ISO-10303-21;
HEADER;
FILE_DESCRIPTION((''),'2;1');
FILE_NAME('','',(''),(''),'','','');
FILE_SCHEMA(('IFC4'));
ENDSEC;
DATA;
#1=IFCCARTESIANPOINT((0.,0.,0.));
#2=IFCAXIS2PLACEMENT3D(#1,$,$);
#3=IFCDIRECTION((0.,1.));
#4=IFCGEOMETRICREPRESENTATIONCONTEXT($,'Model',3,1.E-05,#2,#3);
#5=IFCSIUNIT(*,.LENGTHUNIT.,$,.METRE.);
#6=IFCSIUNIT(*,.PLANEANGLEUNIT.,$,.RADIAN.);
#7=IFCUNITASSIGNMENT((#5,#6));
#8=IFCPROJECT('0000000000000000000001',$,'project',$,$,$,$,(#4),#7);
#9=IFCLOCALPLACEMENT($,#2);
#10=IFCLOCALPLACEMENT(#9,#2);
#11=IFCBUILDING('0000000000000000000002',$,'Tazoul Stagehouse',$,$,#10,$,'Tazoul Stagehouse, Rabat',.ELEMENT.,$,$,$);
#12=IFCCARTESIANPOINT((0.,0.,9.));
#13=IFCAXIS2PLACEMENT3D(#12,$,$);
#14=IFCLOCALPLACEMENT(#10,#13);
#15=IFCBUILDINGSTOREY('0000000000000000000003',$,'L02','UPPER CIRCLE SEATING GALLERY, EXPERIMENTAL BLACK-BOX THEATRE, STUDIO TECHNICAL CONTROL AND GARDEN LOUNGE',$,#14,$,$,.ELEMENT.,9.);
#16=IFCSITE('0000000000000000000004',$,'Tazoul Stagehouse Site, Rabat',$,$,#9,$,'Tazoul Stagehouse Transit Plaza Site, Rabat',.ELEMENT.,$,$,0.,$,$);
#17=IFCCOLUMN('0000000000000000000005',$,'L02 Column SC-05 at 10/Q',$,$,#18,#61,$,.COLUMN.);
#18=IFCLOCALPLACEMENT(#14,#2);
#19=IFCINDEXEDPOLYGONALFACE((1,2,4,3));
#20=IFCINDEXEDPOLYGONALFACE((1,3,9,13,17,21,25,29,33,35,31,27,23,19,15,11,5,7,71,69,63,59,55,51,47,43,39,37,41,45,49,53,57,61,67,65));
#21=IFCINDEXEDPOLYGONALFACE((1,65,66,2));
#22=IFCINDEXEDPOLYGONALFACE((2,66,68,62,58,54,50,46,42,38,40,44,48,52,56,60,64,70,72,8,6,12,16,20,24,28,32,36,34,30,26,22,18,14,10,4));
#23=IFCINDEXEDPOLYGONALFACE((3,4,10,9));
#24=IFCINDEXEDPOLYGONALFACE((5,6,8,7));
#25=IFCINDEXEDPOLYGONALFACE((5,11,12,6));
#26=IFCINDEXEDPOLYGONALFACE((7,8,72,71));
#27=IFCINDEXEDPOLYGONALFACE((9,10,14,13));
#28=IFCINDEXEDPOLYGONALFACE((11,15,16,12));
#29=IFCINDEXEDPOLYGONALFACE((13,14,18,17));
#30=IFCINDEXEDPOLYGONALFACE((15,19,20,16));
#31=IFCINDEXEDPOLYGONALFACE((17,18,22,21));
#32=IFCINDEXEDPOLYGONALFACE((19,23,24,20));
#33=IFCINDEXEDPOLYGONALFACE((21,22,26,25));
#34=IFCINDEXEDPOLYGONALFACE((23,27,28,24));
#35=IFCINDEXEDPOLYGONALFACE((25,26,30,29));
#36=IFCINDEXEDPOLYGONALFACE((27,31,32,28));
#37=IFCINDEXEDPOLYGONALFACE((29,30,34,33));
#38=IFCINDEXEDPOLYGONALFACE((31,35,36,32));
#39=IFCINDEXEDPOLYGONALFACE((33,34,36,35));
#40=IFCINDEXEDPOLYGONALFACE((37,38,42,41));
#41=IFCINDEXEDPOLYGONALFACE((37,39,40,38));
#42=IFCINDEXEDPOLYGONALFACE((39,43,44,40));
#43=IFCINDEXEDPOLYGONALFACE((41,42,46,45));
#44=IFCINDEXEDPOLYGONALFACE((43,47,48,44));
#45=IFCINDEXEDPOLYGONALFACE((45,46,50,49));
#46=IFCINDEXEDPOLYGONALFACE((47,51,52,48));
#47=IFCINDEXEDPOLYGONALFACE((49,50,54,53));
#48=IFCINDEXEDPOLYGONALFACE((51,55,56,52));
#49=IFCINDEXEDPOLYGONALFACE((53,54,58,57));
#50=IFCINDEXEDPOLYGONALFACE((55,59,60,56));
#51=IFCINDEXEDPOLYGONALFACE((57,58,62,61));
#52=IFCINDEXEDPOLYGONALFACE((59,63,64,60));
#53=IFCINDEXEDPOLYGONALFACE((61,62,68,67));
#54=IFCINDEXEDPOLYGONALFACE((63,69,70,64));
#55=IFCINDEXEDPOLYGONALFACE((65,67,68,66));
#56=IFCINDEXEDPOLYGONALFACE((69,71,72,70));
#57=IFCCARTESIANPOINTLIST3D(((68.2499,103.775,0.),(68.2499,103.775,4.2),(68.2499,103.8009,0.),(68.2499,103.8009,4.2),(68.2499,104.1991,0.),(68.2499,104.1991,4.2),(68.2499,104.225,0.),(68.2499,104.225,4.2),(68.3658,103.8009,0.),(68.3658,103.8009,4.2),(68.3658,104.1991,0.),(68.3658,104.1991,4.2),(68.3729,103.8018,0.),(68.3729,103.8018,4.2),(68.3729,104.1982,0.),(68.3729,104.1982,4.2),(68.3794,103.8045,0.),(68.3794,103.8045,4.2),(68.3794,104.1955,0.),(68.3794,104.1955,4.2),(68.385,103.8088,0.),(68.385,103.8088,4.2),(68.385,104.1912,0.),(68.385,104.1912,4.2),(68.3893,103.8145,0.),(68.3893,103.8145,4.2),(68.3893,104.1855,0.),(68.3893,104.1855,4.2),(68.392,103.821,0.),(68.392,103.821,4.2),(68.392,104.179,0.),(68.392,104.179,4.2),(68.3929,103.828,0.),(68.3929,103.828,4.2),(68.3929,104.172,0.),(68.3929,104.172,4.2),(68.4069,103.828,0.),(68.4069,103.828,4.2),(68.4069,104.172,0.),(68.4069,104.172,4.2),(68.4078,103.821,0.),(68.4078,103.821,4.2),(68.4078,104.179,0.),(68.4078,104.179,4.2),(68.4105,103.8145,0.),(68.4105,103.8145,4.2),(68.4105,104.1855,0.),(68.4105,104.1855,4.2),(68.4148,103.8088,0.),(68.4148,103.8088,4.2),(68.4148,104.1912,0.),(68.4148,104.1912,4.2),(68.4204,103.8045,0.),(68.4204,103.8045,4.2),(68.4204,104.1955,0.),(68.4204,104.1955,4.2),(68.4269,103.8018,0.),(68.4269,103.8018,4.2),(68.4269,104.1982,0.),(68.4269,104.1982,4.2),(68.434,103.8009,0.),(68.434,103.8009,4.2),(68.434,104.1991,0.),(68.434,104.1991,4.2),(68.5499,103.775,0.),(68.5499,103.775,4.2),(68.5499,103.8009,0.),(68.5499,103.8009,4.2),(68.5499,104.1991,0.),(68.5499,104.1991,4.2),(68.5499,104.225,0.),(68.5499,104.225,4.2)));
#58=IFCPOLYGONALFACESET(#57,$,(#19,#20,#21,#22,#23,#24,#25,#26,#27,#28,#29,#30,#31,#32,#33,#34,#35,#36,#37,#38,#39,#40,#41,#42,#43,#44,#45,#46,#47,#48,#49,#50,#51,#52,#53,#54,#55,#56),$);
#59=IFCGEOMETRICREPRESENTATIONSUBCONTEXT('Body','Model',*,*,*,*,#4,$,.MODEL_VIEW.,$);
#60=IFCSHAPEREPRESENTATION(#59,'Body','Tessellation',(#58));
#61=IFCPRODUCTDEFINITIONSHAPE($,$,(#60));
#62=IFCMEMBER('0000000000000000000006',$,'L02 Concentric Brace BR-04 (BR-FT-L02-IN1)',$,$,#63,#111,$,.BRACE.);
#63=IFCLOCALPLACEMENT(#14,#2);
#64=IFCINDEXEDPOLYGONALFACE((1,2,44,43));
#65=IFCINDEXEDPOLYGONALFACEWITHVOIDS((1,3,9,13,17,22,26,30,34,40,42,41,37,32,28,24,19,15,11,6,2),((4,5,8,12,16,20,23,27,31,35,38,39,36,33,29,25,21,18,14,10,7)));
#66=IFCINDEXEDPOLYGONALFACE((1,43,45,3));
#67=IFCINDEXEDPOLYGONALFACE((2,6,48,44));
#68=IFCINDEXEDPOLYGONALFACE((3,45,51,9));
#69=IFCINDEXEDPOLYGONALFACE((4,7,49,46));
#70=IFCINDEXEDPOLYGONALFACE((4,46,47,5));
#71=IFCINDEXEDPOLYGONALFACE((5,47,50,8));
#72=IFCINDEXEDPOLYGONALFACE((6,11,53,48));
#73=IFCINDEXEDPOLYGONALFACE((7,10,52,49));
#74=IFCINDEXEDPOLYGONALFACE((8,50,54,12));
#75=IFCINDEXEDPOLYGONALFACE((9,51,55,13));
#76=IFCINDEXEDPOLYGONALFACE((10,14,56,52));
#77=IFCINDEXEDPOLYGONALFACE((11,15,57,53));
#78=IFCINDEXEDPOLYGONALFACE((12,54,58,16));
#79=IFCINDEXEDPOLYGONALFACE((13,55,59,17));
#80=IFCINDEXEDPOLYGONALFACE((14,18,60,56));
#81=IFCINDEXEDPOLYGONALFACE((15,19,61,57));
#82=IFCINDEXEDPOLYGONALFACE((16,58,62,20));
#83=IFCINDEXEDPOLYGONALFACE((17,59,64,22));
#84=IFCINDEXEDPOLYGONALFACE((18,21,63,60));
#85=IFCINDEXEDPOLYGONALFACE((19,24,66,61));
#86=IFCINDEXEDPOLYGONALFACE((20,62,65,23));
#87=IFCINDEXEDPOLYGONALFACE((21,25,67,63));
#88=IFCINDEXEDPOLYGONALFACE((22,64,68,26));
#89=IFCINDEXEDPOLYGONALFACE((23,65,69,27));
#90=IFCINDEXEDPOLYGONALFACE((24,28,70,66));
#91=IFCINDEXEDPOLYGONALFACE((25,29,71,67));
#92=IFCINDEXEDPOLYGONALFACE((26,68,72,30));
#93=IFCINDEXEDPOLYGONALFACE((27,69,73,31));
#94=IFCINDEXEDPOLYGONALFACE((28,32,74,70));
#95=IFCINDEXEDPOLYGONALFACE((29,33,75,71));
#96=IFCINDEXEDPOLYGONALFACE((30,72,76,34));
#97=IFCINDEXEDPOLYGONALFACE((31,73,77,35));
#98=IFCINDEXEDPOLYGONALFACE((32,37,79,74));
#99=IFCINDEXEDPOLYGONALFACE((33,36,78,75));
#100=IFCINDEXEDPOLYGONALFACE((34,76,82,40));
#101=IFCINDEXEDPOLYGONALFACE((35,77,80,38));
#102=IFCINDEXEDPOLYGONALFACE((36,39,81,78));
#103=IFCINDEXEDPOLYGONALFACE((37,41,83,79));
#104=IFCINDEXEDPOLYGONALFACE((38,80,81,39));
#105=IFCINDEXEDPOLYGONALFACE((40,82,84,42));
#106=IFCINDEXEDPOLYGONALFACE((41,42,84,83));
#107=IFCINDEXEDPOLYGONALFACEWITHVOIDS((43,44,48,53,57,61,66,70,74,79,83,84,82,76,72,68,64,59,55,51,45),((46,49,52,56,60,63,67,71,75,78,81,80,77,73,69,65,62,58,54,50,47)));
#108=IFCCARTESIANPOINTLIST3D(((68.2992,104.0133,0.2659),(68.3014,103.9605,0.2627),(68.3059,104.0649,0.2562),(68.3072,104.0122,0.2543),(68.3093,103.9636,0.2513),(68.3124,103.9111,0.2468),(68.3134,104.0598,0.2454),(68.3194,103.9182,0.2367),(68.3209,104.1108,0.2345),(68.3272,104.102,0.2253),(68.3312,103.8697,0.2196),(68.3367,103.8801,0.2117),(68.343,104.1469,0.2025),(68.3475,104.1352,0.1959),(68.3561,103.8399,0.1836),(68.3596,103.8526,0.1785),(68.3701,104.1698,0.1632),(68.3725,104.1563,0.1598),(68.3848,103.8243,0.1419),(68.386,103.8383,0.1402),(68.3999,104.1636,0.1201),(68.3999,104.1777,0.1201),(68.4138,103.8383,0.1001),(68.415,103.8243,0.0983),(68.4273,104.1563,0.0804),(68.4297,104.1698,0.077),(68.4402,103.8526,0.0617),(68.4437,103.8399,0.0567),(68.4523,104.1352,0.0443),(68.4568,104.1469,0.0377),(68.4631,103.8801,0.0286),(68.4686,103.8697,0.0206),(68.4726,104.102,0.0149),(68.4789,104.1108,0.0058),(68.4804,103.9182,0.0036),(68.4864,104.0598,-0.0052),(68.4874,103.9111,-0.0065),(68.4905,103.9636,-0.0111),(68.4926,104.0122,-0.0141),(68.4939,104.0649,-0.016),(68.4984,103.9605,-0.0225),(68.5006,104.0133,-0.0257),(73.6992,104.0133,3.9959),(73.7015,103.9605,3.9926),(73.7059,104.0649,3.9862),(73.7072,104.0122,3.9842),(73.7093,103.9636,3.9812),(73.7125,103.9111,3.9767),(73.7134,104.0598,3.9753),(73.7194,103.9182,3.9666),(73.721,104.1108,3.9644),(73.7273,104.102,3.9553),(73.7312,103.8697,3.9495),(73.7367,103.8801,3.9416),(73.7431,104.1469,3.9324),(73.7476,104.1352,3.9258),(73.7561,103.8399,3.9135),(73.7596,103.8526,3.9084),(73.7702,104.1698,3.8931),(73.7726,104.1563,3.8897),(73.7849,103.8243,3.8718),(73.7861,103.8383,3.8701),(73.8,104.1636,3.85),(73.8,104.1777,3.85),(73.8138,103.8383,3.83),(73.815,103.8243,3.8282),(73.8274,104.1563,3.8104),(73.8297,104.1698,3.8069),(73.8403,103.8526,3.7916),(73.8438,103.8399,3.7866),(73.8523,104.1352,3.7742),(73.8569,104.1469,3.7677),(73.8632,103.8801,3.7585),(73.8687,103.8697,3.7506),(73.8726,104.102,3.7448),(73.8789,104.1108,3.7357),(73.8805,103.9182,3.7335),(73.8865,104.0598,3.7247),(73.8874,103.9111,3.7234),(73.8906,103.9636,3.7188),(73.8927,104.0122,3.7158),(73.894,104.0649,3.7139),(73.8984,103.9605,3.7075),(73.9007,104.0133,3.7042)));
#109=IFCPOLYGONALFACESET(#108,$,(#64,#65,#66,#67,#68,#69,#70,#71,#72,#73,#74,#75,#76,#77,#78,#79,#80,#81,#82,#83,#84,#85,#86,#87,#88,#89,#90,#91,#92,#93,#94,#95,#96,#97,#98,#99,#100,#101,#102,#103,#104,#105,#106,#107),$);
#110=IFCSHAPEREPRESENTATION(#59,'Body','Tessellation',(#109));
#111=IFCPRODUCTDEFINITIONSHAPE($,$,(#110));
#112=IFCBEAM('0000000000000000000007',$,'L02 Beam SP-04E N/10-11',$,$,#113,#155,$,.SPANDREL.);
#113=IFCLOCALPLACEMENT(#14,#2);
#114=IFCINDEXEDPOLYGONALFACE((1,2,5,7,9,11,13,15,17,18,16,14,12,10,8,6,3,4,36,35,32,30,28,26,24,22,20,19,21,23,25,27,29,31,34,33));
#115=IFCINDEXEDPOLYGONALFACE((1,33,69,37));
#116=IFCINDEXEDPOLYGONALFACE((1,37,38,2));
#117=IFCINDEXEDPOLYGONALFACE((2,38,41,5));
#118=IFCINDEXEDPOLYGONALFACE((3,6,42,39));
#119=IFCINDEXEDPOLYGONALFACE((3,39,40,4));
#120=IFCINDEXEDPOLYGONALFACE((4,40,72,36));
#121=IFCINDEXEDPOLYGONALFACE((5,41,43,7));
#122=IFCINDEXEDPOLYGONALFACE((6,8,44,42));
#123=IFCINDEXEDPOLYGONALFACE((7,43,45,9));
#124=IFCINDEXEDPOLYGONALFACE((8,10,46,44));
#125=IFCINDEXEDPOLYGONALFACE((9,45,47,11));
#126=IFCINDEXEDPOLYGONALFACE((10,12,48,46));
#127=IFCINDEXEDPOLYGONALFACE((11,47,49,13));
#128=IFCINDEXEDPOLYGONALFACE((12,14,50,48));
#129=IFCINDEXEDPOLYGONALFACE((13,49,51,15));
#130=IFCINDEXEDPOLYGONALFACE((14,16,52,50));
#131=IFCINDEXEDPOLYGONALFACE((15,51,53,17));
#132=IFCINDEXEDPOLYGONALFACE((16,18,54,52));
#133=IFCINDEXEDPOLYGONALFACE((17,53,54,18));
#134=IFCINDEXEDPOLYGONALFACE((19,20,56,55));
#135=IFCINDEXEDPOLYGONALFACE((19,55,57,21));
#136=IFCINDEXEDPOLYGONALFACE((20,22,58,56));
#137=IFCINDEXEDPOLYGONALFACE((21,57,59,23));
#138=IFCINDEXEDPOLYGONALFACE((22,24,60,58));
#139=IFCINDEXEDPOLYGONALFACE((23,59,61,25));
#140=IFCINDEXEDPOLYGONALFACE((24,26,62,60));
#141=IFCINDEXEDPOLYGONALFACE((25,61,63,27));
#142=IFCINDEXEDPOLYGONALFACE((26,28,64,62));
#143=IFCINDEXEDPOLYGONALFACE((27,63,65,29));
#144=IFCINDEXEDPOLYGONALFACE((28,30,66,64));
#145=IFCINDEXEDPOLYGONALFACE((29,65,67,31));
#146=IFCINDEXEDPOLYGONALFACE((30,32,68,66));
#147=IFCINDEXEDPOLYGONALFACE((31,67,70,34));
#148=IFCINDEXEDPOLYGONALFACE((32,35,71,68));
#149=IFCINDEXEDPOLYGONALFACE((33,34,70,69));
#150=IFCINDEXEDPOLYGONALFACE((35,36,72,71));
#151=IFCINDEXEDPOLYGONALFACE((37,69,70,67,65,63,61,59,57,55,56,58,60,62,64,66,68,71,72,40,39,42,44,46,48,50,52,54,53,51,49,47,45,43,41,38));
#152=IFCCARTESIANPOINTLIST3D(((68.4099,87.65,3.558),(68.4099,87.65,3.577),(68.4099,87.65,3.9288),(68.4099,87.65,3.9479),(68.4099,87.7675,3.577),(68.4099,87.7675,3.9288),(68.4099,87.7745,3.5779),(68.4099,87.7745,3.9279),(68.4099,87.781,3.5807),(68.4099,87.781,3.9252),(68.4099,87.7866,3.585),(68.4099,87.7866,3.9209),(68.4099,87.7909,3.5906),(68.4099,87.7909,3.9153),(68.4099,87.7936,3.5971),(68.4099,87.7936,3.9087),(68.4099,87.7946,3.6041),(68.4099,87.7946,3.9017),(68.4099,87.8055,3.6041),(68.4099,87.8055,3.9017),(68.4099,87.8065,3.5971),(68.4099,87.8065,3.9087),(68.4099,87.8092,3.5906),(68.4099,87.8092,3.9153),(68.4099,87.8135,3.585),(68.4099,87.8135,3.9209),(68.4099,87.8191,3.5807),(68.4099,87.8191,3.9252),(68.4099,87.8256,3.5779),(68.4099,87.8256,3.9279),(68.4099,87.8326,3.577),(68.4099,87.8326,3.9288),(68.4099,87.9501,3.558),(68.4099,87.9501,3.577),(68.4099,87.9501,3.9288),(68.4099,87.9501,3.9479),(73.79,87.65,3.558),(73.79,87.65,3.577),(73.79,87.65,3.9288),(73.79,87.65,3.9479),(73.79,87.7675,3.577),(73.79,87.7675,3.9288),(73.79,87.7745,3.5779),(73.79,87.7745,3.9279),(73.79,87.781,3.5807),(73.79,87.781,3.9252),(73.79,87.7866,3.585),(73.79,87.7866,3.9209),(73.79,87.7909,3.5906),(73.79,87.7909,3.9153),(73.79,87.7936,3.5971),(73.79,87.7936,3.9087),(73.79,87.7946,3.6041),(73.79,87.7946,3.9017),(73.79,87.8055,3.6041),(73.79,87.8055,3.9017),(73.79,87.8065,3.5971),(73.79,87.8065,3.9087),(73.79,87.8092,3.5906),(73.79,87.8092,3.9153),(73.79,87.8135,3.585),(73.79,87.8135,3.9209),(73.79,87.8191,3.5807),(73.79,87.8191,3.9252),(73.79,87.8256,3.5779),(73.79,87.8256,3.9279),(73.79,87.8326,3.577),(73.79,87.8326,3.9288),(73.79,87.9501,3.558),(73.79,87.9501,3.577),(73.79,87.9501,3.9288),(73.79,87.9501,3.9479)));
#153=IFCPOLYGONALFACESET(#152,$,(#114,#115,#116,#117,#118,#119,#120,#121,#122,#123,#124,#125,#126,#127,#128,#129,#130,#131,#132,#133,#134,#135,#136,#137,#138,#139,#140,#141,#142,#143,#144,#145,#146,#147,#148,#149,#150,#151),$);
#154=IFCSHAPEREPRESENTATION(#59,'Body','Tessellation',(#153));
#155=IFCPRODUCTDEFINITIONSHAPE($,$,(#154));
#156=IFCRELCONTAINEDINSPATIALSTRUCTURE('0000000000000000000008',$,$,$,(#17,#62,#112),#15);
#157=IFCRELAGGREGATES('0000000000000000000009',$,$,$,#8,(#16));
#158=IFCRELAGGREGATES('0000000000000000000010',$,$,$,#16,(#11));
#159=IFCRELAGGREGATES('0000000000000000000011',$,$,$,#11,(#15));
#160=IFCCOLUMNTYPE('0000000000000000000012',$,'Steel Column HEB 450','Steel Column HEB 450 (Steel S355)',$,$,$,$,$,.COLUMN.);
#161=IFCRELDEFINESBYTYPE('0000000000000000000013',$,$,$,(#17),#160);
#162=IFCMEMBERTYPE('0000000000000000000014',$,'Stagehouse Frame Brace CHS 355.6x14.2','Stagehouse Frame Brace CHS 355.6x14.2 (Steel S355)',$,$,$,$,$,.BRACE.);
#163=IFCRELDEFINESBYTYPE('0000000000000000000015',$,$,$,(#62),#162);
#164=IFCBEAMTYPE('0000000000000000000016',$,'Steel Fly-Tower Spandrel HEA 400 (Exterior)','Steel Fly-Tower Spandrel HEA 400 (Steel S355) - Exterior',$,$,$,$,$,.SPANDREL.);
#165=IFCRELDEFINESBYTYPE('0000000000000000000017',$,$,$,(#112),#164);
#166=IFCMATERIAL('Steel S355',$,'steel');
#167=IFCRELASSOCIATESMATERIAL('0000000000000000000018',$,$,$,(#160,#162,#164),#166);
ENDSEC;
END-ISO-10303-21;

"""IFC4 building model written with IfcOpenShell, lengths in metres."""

from ifc_helpers import new_model, si_unit, direction, frame, origin, origin_2d, place, context, subcontext, project, spatial, hollow_circle, i_section, extrude, material, material_profile, profile_set, type_object, element, save


model = new_model("IFC4")

# Units and contexts
model_context = context("Model", 3, precision=1e-05, world=origin(), true_north=direction((0.0, 1.0)))
body_context = subcontext(model_context, "Body", "Model", "MODEL_VIEW")
ifc_project = project(units=[si_unit("LENGTHUNIT", "METRE"), si_unit("PLANEANGLEUNIT", "RADIAN")], contexts=[model_context])

# Site, building, storey
site_placement = place(None, origin())
site = spatial("IfcSite", under=ifc_project, at=site_placement, Name="Tazoul Stagehouse Site, Rabat", LongName="Tazoul Stagehouse Transit Plaza Site, Rabat", CompositionType="ELEMENT", RefElevation=0.0)
building_placement = place(site_placement, origin())
building = spatial("IfcBuilding", under=site, at=building_placement, Name="Tazoul Stagehouse", LongName="Tazoul Stagehouse, Rabat", CompositionType="ELEMENT")
storey_placement = place(building_placement, frame((0.0, 0.0, 9.0)))
storey = spatial("IfcBuildingStorey", under=building, at=storey_placement, Name="L02", Description="UPPER CIRCLE SEATING GALLERY, EXPERIMENTAL BLACK-BOX THEATRE, STUDIO TECHNICAL CONTROL AND GARDEN LOUNGE", CompositionType="ELEMENT", Elevation=9.0)

# Column
ifc_material_1 = material(Name="Steel S355", Category="steel")
ifc_material_profile_1 = material_profile(ifc_material_1, i_section(OverallWidth=0.3, OverallDepth=0.45, WebThickness=0.0139, FlangeThickness=0.0259, FilletRadius=0.0271, at=origin_2d()), Name="HEB 450")
ifc_profile_set_1 = profile_set([ifc_material_profile_1], Name="Steel S355")
column_type_1 = type_object("IfcColumnType", Name="Steel Column HEB 450", Description="Steel Column HEB 450 (Steel S355)", PredefinedType="COLUMN", material=ifc_profile_set_1)
for number, where, z_axis, x_axis, name in (
    (1, (68.3999, 104.0, 0.0), (0.0, 0.0, 1.0), (1.0, 0.0, 0.0), "L02 Column SC-05 at 10/Q"),
):
    element("IfcColumn", number, at=place(storey_placement, frame(where, z_axis=z_axis, x_axis=x_axis)), inside=storey, type_object=column_type_1, Name=name, PredefinedType="COLUMN", context=body_context, shape_type="SweptSolid", body=[
        extrude(i_section(OverallWidth=0.3, OverallDepth=0.45, WebThickness=0.0139, FlangeThickness=0.0259, FilletRadius=0.0271, at=origin_2d()), origin(), (0.0, 0.0, 1.0), 4.2),
    ])

# Member
ifc_material_profile_2 = material_profile(ifc_material_1, hollow_circle(Radius=0.1777, WallThickness=0.0142, at=origin_2d()), Name="CHS 355.6x14.2")
ifc_profile_set_2 = profile_set([ifc_material_profile_2], Name="Steel S355")
member_type = type_object("IfcMemberType", Name="Stagehouse Frame Brace CHS 355.6x14.2", Description="Stagehouse Frame Brace CHS 355.6x14.2 (Steel S355)", PredefinedType="BRACE", material=ifc_profile_set_2)
member_placement = place(storey_placement, frame((68.3999, 104.0, 0.1201), z_axis=(0.822804, 0.0, 0.568326), x_axis=(0.0, 1.0, 0.0)))
element("IfcMember", 2, at=member_placement, inside=storey, type_object=member_type, Name="L02 Concentric Brace BR-04 (BR-FT-L02-IN1)", PredefinedType="BRACE", context=body_context, shape_type="SweptSolid", body=[
    extrude(hollow_circle(Radius=0.1777, WallThickness=0.0142, at=origin_2d()), origin(), (0.0, 0.0, 1.0), 6.563),
])

# Beam
ifc_material_profile_3 = material_profile(ifc_material_1, i_section(OverallWidth=0.3, OverallDepth=0.3899, WebThickness=0.011, FlangeThickness=0.019, FilletRadius=0.0271, at=origin_2d()), Name="HEA 400")
ifc_profile_set_3 = profile_set([ifc_material_profile_3], Name="Steel S355")
beam_type_1 = type_object("IfcBeamType", Name="Steel Fly-Tower Spandrel HEA 400 (Exterior)", Description="Steel Fly-Tower Spandrel HEA 400 (Steel S355) - Exterior", PredefinedType="SPANDREL", material=ifc_profile_set_3)
beam_1_placement = place(storey_placement, frame((68.4099, 87.8, 3.7529), z_axis=(1.0, 0.0, 0.0), x_axis=(0.0, 1.0, 0.0)))
element("IfcBeam", 3, at=beam_1_placement, inside=storey, type_object=beam_type_1, Name="L02 Beam SP-04E N/10-11", PredefinedType="SPANDREL", context=body_context, shape_type="SweptSolid", body=[
    extrude(i_section(OverallWidth=0.3, OverallDepth=0.3899, WebThickness=0.011, FlangeThickness=0.019, FilletRadius=0.0271, at=origin_2d()), origin(), (0.0, 0.0, 1.0), 5.3801),
])

save(model, "model.ifc")
